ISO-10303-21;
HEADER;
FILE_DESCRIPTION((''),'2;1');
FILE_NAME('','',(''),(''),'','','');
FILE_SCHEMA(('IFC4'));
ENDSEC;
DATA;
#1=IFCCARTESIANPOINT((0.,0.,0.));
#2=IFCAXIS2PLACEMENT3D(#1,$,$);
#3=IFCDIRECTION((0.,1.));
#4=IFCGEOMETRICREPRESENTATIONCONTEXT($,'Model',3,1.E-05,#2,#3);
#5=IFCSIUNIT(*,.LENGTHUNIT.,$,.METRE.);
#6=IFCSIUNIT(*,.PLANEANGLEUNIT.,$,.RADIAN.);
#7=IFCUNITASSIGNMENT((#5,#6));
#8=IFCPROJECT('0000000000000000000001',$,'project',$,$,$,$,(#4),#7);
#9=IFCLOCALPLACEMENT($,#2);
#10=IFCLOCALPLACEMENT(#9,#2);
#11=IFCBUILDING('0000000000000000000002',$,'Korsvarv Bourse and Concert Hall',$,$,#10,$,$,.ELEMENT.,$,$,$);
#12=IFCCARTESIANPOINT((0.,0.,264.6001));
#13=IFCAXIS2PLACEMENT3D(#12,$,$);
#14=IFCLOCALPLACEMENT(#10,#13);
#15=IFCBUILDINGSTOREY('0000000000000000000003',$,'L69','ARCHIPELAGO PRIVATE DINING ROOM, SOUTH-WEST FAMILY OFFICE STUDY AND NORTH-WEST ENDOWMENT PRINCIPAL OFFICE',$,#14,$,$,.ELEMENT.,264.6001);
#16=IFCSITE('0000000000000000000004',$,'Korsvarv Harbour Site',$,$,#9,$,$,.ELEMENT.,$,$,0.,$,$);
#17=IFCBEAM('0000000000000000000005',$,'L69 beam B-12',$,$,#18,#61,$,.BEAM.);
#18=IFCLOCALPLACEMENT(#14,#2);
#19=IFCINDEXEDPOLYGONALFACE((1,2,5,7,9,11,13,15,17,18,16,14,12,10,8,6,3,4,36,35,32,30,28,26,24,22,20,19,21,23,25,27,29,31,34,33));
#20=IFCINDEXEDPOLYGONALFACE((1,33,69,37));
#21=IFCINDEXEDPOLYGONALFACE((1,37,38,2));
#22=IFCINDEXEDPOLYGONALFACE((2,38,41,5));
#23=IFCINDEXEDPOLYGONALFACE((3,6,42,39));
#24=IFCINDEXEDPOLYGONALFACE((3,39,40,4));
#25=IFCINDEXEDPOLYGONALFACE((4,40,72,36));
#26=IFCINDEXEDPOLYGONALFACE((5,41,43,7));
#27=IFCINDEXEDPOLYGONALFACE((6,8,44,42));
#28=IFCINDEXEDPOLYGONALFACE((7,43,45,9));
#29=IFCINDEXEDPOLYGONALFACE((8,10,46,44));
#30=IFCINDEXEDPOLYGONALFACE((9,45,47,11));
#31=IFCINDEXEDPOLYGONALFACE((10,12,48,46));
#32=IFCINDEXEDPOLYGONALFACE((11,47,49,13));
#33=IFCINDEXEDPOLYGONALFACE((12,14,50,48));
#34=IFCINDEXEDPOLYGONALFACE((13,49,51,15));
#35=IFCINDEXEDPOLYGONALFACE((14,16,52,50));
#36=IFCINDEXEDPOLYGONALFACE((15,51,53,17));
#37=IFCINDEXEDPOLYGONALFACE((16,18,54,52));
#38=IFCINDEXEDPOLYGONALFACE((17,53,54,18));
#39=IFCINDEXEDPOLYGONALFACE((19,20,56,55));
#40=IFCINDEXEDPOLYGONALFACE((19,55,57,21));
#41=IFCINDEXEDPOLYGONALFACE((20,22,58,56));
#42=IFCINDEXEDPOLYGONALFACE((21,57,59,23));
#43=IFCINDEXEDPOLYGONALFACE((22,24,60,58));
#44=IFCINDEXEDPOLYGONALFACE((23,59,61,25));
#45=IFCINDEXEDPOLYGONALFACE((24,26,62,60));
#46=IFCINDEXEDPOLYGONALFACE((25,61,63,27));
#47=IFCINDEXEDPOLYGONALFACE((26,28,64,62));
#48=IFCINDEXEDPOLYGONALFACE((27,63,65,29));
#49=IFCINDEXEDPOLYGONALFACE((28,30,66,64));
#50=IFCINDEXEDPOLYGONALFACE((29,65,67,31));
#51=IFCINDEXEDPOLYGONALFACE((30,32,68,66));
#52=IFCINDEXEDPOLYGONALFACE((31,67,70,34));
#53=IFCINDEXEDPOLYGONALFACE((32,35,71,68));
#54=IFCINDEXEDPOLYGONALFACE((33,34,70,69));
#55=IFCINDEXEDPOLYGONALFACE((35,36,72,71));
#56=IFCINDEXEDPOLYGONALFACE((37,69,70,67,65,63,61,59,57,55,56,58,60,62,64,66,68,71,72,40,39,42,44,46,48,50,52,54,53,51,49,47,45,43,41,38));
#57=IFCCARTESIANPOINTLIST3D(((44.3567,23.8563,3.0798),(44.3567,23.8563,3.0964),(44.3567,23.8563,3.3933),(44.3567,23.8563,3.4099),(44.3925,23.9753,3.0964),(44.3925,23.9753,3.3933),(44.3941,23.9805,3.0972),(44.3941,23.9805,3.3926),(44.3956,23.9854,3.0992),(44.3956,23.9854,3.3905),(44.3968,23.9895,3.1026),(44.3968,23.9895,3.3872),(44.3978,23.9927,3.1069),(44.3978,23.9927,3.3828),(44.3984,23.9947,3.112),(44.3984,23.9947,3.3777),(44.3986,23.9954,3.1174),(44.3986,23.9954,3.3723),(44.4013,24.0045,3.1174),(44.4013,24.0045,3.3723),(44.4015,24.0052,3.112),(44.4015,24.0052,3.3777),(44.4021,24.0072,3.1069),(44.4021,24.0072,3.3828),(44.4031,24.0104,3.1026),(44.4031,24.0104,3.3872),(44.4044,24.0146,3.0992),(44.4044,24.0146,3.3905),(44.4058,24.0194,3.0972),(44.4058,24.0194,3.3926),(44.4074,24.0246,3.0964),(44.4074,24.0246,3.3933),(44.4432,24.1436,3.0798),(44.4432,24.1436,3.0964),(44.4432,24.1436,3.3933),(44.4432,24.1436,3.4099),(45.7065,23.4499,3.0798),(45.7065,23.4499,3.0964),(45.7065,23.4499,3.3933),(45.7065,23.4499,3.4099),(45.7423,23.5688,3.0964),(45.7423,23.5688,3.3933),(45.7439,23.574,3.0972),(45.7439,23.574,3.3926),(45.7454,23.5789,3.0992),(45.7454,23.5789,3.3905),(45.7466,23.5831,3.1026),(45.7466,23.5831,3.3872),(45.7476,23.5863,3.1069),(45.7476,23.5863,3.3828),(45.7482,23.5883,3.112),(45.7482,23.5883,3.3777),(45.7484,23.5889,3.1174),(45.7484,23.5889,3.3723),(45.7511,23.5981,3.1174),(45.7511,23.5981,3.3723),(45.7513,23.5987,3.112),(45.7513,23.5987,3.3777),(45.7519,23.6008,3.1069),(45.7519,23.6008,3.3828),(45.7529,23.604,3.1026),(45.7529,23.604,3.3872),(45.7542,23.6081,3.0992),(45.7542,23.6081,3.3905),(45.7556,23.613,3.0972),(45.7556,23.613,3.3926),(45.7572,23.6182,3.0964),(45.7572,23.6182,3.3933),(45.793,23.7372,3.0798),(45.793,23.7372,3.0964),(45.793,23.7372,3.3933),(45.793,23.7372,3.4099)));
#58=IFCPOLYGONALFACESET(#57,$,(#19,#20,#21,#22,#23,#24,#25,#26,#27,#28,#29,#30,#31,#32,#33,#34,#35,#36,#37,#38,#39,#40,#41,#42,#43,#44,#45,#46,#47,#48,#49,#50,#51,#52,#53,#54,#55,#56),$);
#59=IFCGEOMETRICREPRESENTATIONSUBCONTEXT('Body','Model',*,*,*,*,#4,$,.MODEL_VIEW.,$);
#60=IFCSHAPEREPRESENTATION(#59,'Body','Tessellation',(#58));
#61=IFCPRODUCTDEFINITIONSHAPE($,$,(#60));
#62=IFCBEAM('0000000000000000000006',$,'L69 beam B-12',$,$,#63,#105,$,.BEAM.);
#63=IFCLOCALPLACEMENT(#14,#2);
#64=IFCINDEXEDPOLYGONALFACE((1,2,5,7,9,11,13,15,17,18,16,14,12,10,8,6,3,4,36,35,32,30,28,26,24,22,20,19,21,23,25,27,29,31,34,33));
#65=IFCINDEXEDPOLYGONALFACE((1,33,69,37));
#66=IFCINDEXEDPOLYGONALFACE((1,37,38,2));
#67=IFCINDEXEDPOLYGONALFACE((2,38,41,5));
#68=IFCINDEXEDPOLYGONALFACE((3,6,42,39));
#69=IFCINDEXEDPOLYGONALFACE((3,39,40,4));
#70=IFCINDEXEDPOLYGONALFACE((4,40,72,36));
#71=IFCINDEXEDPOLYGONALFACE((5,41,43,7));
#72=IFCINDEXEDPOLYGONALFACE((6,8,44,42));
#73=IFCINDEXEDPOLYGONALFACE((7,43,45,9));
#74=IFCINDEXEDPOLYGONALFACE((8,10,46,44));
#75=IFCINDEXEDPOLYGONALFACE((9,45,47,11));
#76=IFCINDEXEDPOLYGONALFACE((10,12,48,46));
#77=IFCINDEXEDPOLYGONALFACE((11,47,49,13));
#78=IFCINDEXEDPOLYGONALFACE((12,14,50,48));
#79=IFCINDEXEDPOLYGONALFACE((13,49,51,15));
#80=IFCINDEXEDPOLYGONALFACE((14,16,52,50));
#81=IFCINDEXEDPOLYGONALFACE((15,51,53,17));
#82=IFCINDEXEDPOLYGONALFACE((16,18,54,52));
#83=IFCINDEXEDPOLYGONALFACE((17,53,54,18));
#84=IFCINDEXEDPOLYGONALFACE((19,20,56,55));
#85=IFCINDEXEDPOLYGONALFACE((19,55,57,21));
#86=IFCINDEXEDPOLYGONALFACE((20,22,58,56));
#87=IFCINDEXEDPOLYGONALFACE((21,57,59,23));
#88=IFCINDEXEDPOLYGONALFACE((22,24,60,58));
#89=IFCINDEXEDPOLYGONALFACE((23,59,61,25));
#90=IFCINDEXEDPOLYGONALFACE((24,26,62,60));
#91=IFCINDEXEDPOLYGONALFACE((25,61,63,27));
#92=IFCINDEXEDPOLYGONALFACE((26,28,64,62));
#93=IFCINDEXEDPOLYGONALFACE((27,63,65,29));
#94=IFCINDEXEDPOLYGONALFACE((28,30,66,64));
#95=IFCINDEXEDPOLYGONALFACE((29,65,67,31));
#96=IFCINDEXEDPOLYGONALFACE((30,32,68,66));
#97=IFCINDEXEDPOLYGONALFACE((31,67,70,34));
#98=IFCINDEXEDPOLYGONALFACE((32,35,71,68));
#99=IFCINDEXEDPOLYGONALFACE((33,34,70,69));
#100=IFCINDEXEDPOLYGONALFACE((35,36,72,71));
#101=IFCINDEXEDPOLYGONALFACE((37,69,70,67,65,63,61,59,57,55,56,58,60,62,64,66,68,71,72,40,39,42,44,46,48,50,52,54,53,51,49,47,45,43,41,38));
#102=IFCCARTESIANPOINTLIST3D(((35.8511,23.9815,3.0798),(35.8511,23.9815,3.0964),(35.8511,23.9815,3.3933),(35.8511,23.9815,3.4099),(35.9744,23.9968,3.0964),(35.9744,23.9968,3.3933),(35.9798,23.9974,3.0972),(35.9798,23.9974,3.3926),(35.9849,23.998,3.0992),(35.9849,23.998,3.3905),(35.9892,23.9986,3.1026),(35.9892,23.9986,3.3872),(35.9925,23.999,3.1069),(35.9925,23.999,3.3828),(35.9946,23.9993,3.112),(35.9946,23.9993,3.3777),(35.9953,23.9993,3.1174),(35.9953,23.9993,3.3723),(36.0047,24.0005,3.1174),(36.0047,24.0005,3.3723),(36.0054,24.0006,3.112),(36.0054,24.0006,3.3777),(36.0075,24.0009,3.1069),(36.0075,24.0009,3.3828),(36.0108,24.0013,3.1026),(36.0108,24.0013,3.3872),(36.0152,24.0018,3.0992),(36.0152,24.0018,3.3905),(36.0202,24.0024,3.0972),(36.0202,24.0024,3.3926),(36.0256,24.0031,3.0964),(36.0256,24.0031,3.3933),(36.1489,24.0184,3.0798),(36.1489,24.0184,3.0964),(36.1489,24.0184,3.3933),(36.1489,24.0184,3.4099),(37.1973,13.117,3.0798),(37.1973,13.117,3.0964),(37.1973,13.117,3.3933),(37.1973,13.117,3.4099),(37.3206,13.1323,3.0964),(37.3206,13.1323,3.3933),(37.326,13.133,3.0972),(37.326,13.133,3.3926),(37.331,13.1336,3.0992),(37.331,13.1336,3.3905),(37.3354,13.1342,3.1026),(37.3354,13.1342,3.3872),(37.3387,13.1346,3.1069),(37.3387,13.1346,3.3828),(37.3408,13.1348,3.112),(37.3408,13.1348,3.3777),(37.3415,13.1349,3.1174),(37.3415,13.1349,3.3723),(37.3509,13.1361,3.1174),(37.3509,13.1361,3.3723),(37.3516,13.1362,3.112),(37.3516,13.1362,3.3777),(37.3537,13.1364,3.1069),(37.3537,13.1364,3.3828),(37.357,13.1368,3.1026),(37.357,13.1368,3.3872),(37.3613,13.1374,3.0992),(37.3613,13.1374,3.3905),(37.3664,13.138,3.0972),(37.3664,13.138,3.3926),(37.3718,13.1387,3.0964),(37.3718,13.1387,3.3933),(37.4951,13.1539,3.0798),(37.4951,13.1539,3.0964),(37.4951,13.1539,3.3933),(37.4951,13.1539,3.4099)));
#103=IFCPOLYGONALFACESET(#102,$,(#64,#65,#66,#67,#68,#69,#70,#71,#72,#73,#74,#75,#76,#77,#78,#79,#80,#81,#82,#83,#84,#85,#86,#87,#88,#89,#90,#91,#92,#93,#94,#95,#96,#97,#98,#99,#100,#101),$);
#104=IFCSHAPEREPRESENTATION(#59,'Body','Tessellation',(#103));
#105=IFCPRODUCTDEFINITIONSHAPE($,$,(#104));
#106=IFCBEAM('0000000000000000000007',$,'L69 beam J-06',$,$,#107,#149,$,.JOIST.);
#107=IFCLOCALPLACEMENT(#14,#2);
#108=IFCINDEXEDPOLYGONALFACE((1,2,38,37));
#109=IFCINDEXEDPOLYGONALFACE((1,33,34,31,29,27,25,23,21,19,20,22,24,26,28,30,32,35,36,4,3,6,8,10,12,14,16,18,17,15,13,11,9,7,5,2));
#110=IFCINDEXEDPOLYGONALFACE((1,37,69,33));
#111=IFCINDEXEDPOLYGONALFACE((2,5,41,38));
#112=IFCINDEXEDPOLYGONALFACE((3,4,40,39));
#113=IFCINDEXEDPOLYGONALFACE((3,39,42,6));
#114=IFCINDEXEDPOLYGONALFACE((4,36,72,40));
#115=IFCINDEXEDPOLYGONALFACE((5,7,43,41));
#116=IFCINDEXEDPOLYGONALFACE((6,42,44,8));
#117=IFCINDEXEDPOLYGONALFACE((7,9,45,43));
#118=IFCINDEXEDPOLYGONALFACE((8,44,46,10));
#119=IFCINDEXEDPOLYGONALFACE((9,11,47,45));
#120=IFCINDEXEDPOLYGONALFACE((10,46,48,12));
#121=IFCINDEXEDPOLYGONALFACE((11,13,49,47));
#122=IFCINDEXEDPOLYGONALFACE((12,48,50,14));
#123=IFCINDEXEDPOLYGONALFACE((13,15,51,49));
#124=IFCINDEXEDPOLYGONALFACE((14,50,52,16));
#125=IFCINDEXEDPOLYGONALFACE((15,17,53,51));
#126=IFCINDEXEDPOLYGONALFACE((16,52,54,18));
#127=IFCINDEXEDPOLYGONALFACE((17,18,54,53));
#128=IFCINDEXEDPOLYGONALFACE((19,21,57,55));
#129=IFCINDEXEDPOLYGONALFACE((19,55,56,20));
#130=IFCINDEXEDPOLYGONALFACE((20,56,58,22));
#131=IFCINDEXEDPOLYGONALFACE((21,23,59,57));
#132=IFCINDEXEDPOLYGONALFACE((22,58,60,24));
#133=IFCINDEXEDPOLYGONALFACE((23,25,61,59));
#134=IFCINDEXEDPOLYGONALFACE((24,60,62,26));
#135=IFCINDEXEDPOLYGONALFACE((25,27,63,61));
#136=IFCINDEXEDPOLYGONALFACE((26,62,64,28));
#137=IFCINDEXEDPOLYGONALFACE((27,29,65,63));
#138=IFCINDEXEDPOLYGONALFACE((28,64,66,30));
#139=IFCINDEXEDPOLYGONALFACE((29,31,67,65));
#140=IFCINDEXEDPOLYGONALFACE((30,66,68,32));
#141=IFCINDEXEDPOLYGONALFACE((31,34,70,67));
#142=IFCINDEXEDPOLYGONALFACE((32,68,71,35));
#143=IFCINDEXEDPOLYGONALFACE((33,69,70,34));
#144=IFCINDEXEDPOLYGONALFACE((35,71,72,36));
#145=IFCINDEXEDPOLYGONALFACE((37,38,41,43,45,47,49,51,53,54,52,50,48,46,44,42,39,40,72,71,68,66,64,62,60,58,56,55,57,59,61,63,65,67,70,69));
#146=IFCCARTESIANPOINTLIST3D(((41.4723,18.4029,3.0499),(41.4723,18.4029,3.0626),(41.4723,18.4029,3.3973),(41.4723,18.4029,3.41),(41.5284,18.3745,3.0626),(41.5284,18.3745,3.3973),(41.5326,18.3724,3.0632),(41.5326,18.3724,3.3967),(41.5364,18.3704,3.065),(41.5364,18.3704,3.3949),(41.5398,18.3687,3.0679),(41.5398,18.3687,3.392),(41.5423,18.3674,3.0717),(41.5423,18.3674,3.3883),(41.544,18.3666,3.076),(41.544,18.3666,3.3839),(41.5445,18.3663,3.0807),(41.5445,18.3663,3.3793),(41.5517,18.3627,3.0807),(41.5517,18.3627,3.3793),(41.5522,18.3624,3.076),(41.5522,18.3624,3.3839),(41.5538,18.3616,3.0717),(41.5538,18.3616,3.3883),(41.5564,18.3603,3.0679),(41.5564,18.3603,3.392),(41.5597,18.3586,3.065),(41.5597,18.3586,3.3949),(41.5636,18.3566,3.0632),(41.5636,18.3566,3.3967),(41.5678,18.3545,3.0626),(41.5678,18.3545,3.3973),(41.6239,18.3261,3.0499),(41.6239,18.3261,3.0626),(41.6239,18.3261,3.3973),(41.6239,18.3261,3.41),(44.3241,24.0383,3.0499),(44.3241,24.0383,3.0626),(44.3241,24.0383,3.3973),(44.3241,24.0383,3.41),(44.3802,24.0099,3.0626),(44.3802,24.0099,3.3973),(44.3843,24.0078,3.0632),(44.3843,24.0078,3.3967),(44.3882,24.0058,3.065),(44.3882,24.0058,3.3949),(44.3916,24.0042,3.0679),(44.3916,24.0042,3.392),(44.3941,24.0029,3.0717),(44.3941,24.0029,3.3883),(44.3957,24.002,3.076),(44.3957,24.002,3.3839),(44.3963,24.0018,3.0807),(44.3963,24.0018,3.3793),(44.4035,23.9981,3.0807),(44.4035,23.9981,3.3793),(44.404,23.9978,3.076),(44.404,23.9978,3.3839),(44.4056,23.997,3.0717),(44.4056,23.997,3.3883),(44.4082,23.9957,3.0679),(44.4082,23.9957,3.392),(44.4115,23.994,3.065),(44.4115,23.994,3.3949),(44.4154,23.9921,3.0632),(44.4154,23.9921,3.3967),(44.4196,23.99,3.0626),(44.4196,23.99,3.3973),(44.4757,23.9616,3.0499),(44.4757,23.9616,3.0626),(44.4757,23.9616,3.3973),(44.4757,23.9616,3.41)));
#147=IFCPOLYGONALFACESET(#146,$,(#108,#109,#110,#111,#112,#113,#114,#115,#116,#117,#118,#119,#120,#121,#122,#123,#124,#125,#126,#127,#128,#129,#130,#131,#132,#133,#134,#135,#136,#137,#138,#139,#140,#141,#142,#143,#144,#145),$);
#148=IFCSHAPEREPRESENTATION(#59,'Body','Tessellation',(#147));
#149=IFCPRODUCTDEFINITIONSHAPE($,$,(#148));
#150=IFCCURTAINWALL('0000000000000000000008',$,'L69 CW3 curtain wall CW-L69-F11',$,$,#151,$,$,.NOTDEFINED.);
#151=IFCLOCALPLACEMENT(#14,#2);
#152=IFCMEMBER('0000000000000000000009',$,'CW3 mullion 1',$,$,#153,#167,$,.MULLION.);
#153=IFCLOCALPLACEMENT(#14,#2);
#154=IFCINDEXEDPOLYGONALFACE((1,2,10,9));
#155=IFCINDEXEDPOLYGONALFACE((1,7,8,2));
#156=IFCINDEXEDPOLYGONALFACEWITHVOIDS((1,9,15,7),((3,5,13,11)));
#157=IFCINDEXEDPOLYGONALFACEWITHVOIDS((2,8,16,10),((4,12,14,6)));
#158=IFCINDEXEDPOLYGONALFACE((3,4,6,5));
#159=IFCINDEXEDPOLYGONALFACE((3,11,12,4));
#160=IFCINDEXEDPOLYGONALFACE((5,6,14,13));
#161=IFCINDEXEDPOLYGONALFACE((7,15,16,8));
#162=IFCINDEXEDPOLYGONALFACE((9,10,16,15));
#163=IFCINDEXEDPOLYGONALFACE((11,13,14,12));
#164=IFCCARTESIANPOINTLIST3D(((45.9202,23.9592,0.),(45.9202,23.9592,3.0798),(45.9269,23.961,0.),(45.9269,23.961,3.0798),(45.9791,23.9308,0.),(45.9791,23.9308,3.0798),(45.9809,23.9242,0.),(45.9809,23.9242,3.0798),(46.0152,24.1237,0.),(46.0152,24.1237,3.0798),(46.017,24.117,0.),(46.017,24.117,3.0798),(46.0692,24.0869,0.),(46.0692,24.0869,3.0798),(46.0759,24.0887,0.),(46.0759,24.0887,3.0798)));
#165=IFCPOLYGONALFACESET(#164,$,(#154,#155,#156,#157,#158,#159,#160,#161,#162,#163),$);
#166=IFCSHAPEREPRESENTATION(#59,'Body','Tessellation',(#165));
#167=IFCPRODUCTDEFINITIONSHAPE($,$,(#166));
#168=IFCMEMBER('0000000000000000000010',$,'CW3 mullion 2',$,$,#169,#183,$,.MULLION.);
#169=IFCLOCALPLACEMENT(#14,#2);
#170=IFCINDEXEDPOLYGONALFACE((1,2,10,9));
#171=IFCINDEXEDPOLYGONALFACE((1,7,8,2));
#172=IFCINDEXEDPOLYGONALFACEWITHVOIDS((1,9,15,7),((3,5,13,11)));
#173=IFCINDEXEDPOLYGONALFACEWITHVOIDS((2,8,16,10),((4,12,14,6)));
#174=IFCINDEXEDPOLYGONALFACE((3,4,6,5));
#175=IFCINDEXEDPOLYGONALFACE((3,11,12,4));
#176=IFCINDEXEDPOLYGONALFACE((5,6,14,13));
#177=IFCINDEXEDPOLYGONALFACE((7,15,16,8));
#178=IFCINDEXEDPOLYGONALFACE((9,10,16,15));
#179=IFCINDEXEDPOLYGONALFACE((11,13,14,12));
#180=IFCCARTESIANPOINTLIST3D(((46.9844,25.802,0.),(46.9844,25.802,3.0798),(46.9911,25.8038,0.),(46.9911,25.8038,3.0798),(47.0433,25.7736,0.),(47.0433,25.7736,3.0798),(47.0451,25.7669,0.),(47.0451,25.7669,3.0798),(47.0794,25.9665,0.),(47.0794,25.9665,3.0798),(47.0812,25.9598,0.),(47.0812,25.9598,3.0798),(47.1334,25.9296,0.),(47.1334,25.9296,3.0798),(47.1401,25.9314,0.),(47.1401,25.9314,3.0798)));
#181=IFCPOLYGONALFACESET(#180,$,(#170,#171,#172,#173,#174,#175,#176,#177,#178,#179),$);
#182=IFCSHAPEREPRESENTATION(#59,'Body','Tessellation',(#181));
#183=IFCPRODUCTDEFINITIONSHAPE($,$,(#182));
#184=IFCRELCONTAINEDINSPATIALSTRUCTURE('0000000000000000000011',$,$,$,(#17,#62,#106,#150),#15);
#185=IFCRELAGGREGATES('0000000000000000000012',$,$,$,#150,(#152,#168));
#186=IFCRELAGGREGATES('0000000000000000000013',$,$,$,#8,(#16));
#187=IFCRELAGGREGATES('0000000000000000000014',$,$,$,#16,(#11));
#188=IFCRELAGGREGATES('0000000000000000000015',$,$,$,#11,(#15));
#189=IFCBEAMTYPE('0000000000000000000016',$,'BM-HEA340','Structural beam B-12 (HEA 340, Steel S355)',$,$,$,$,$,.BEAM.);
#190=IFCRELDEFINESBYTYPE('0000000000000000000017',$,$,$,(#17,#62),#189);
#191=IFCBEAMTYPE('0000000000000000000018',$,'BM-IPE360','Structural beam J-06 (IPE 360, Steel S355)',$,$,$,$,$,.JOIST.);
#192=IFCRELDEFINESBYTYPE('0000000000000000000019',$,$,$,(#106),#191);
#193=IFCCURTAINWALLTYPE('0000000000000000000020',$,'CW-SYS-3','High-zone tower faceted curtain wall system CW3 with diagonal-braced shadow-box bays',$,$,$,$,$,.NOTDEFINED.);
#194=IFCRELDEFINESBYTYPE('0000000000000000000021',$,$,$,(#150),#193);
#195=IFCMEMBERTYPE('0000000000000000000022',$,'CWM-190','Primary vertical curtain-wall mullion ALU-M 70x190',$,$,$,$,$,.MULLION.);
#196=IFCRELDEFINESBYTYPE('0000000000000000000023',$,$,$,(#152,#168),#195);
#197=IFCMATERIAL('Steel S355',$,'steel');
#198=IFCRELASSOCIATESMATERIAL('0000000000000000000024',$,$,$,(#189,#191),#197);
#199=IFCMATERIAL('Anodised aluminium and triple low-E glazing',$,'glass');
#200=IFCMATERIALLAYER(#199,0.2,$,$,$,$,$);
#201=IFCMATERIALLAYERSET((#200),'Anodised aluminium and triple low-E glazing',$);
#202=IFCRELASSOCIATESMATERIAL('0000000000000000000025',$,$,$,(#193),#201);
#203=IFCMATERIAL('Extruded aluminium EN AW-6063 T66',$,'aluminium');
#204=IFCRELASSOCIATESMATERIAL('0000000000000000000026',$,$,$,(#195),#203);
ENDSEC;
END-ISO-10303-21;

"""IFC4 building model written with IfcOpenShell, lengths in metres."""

from ifc_helpers import new_model, si_unit, direction, frame, origin, origin_2d, place, context, subcontext, project, spatial, hollow_rectangle, i_section, extrude, source, transform, mapped, material, layer, layer_set, material_profile, profile_set, type_object, element, aggregate, save


model = new_model("IFC4")

# Units and contexts
model_context = context("Model", 3, precision=1e-05, world=origin(), true_north=direction((0.0, 1.0)))
body_context = subcontext(model_context, "Body", "Model", "MODEL_VIEW")
ifc_project = project(units=[si_unit("LENGTHUNIT", "METRE"), si_unit("PLANEANGLEUNIT", "RADIAN")], contexts=[model_context])

# Site, building, storey
site_placement = place(None, origin())
site = spatial("IfcSite", under=ifc_project, at=site_placement, Name="Korsvarv Harbour Site", CompositionType="ELEMENT", RefElevation=0.0)
building_placement = place(site_placement, origin())
building = spatial("IfcBuilding", under=site, at=building_placement, Name="Korsvarv Bourse and Concert Hall", CompositionType="ELEMENT")
storey_placement = place(building_placement, frame((0.0, 0.0, 264.6001)))
storey = spatial("IfcBuildingStorey", under=building, at=storey_placement, Name="L69", Description="ARCHIPELAGO PRIVATE DINING ROOM, SOUTH-WEST FAMILY OFFICE STUDY AND NORTH-WEST ENDOWMENT PRINCIPAL OFFICE", CompositionType="ELEMENT", Elevation=264.6001)

# Shared definitions
ifc_material_1 = material(Name="Steel S355", Category="steel")

# Beams
ifc_material_profile_1 = material_profile(ifc_material_1, i_section(OverallWidth=0.3, OverallDepth=0.3301, WebThickness=0.0095, FlangeThickness=0.0166, FilletRadius=0.021, at=origin_2d()), Name="HEA 340")
ifc_profile_set_1 = profile_set([ifc_material_profile_1], Name="Steel S355")
beam_type_1 = type_object("IfcBeamType", Name="BM-HEA340", Description="Structural beam B-12 (HEA 340, Steel S355)", PredefinedType="BEAM", material=ifc_profile_set_1)
shared_shape_1 = source(origin(), body_context, "Body", "SweptSolid", [
    extrude(i_section(OverallWidth=0.3, OverallDepth=0.3301, WebThickness=0.0095, FlangeThickness=0.0166, FilletRadius=0.021, at=origin_2d()), origin(), (0.0, 0.0, 1.0), 1.4097),
])
beam_1_placement = place(storey_placement, frame((45.7498, 23.5935, 3.2449), z_axis=(-0.957525, 0.288349, 0.0), x_axis=(-0.288349, -0.957525, 0.0)))
element("IfcBeam", 1, at=beam_1_placement, inside=storey, type_object=beam_type_1, Name="L69 beam B-12", PredefinedType="BEAM", context=body_context, shape_type="MappedRepresentation", body=[
    mapped(shared_shape_1, transform((0.0, 0.0, 0.0), scale=1.0)),
])
shared_shape_2 = source(origin(), body_context, "Body", "SweptSolid", [
    extrude(i_section(OverallWidth=0.3, OverallDepth=0.3301, WebThickness=0.0095, FlangeThickness=0.0166, FilletRadius=0.021, at=origin_2d()), origin(), (0.0, 0.0, 1.0), 10.9475),
])
beam_2_placement = place(storey_placement, frame((37.3462, 13.1355, 3.2449), z_axis=(-0.122967, 0.992411, 0.0), x_axis=(-0.992411, -0.122967, 0.0)))
element("IfcBeam", 2, at=beam_2_placement, inside=storey, type_object=beam_type_1, Name="L69 beam B-12", PredefinedType="BEAM", context=body_context, shape_type="MappedRepresentation", body=[
    mapped(shared_shape_2, transform((0.0, 0.0, 0.0), scale=1.0)),
])
ifc_material_profile_2 = material_profile(ifc_material_1, i_section(OverallWidth=0.1699, OverallDepth=0.3601, WebThickness=0.0081, FlangeThickness=0.0127, FilletRadius=0.0181, at=origin_2d()), Name="IPE 360")
ifc_profile_set_2 = profile_set([ifc_material_profile_2], Name="Steel S355")
beam_type_2 = type_object("IfcBeamType", Name="BM-IPE360", Description="Structural beam J-06 (IPE 360, Steel S355)", PredefinedType="JOIST", material=ifc_profile_set_2)
shared_shape_3 = source(origin(), body_context, "Body", "SweptSolid", [
    extrude(i_section(OverallWidth=0.1699, OverallDepth=0.3601, WebThickness=0.0081, FlangeThickness=0.0127, FilletRadius=0.0181, at=origin_2d()), origin(), (0.0, 0.0, 1.0), 6.3159),
])
beam_3_placement = place(storey_placement, frame((41.5481, 18.3645, 3.23), z_axis=(0.451522, 0.89226, 0.0), x_axis=(-0.89226, 0.451522, 0.0)))
element("IfcBeam", 3, at=beam_3_placement, inside=storey, type_object=beam_type_2, Name="L69 beam J-06", PredefinedType="JOIST", context=body_context, shape_type="MappedRepresentation", body=[
    mapped(shared_shape_3, transform((0.0, 0.0, 0.0), scale=1.0)),
])

# Curtain wall, members
ifc_material_2 = material(Name="Anodised aluminium and triple low-E glazing", Category="glass")
ifc_layer_1 = layer(ifc_material_2, 0.2)
ifc_layer_set_1 = layer_set([ifc_layer_1], Name="Anodised aluminium and triple low-E glazing")
curtain_wall_type = type_object("IfcCurtainWallType", Name="CW-SYS-3", Description="High-zone tower faceted curtain wall system CW3 with diagonal-braced shadow-box bays", PredefinedType="NOTDEFINED", material=ifc_layer_set_1)
curtain_wall_placement = place(storey_placement, origin())
curtain_wall = element("IfcCurtainWall", 4, at=curtain_wall_placement, inside=storey, type_object=curtain_wall_type, Name="L69 CW3 curtain wall CW-L69-F11", PredefinedType="NOTDEFINED")
ifc_material_3 = material(Name="Extruded aluminium EN AW-6063 T66", Category="aluminium")
ifc_material_profile_3 = material_profile(ifc_material_3, hollow_rectangle(XDim=0.0701, YDim=0.1899, WallThickness=0.0049, at=origin_2d()), Name="ALU-M 70x190")
ifc_profile_set_3 = profile_set([ifc_material_profile_3], Name="Extruded aluminium EN AW-6063 T66")
member_type_1 = type_object("IfcMemberType", Name="CWM-190", Description="Primary vertical curtain-wall mullion ALU-M 70x190", PredefinedType="MULLION", material=ifc_profile_set_3)
shared_shape_4 = source(origin(), body_context, "Body", "SweptSolid", [
    extrude(hollow_rectangle(XDim=0.0701, YDim=0.1899, WallThickness=0.0049, at=origin_2d()), origin(), (0.0, 0.0, 1.0), 3.0798),
])
member_1_placement = place(storey_placement, frame((45.998, 24.0239, 0.0), z_axis=(0.0, 0.0, 1.0), x_axis=(-0.866023, 0.500004, 0.0)))
member_1 = element("IfcMember", 5, at=member_1_placement, type_object=member_type_1, Name="CW3 mullion 1", PredefinedType="MULLION", context=body_context, shape_type="MappedRepresentation", body=[
    mapped(shared_shape_4, transform((0.0, 0.0, 0.0), scale=1.0)),
])
member_2_placement = place(storey_placement, frame((47.0623, 25.8667, 0.0), z_axis=(0.0, 0.0, 1.0), x_axis=(-0.866023, 0.500004, 0.0)))
member_2 = element("IfcMember", 6, at=member_2_placement, type_object=member_type_1, Name="CW3 mullion 2", PredefinedType="MULLION", context=body_context, shape_type="MappedRepresentation", body=[
    mapped(shared_shape_4, transform((0.0, 0.0, 0.0), scale=1.0)),
])
aggregate(curtain_wall, [member_1, member_2])

save(model, "model.ifc")
